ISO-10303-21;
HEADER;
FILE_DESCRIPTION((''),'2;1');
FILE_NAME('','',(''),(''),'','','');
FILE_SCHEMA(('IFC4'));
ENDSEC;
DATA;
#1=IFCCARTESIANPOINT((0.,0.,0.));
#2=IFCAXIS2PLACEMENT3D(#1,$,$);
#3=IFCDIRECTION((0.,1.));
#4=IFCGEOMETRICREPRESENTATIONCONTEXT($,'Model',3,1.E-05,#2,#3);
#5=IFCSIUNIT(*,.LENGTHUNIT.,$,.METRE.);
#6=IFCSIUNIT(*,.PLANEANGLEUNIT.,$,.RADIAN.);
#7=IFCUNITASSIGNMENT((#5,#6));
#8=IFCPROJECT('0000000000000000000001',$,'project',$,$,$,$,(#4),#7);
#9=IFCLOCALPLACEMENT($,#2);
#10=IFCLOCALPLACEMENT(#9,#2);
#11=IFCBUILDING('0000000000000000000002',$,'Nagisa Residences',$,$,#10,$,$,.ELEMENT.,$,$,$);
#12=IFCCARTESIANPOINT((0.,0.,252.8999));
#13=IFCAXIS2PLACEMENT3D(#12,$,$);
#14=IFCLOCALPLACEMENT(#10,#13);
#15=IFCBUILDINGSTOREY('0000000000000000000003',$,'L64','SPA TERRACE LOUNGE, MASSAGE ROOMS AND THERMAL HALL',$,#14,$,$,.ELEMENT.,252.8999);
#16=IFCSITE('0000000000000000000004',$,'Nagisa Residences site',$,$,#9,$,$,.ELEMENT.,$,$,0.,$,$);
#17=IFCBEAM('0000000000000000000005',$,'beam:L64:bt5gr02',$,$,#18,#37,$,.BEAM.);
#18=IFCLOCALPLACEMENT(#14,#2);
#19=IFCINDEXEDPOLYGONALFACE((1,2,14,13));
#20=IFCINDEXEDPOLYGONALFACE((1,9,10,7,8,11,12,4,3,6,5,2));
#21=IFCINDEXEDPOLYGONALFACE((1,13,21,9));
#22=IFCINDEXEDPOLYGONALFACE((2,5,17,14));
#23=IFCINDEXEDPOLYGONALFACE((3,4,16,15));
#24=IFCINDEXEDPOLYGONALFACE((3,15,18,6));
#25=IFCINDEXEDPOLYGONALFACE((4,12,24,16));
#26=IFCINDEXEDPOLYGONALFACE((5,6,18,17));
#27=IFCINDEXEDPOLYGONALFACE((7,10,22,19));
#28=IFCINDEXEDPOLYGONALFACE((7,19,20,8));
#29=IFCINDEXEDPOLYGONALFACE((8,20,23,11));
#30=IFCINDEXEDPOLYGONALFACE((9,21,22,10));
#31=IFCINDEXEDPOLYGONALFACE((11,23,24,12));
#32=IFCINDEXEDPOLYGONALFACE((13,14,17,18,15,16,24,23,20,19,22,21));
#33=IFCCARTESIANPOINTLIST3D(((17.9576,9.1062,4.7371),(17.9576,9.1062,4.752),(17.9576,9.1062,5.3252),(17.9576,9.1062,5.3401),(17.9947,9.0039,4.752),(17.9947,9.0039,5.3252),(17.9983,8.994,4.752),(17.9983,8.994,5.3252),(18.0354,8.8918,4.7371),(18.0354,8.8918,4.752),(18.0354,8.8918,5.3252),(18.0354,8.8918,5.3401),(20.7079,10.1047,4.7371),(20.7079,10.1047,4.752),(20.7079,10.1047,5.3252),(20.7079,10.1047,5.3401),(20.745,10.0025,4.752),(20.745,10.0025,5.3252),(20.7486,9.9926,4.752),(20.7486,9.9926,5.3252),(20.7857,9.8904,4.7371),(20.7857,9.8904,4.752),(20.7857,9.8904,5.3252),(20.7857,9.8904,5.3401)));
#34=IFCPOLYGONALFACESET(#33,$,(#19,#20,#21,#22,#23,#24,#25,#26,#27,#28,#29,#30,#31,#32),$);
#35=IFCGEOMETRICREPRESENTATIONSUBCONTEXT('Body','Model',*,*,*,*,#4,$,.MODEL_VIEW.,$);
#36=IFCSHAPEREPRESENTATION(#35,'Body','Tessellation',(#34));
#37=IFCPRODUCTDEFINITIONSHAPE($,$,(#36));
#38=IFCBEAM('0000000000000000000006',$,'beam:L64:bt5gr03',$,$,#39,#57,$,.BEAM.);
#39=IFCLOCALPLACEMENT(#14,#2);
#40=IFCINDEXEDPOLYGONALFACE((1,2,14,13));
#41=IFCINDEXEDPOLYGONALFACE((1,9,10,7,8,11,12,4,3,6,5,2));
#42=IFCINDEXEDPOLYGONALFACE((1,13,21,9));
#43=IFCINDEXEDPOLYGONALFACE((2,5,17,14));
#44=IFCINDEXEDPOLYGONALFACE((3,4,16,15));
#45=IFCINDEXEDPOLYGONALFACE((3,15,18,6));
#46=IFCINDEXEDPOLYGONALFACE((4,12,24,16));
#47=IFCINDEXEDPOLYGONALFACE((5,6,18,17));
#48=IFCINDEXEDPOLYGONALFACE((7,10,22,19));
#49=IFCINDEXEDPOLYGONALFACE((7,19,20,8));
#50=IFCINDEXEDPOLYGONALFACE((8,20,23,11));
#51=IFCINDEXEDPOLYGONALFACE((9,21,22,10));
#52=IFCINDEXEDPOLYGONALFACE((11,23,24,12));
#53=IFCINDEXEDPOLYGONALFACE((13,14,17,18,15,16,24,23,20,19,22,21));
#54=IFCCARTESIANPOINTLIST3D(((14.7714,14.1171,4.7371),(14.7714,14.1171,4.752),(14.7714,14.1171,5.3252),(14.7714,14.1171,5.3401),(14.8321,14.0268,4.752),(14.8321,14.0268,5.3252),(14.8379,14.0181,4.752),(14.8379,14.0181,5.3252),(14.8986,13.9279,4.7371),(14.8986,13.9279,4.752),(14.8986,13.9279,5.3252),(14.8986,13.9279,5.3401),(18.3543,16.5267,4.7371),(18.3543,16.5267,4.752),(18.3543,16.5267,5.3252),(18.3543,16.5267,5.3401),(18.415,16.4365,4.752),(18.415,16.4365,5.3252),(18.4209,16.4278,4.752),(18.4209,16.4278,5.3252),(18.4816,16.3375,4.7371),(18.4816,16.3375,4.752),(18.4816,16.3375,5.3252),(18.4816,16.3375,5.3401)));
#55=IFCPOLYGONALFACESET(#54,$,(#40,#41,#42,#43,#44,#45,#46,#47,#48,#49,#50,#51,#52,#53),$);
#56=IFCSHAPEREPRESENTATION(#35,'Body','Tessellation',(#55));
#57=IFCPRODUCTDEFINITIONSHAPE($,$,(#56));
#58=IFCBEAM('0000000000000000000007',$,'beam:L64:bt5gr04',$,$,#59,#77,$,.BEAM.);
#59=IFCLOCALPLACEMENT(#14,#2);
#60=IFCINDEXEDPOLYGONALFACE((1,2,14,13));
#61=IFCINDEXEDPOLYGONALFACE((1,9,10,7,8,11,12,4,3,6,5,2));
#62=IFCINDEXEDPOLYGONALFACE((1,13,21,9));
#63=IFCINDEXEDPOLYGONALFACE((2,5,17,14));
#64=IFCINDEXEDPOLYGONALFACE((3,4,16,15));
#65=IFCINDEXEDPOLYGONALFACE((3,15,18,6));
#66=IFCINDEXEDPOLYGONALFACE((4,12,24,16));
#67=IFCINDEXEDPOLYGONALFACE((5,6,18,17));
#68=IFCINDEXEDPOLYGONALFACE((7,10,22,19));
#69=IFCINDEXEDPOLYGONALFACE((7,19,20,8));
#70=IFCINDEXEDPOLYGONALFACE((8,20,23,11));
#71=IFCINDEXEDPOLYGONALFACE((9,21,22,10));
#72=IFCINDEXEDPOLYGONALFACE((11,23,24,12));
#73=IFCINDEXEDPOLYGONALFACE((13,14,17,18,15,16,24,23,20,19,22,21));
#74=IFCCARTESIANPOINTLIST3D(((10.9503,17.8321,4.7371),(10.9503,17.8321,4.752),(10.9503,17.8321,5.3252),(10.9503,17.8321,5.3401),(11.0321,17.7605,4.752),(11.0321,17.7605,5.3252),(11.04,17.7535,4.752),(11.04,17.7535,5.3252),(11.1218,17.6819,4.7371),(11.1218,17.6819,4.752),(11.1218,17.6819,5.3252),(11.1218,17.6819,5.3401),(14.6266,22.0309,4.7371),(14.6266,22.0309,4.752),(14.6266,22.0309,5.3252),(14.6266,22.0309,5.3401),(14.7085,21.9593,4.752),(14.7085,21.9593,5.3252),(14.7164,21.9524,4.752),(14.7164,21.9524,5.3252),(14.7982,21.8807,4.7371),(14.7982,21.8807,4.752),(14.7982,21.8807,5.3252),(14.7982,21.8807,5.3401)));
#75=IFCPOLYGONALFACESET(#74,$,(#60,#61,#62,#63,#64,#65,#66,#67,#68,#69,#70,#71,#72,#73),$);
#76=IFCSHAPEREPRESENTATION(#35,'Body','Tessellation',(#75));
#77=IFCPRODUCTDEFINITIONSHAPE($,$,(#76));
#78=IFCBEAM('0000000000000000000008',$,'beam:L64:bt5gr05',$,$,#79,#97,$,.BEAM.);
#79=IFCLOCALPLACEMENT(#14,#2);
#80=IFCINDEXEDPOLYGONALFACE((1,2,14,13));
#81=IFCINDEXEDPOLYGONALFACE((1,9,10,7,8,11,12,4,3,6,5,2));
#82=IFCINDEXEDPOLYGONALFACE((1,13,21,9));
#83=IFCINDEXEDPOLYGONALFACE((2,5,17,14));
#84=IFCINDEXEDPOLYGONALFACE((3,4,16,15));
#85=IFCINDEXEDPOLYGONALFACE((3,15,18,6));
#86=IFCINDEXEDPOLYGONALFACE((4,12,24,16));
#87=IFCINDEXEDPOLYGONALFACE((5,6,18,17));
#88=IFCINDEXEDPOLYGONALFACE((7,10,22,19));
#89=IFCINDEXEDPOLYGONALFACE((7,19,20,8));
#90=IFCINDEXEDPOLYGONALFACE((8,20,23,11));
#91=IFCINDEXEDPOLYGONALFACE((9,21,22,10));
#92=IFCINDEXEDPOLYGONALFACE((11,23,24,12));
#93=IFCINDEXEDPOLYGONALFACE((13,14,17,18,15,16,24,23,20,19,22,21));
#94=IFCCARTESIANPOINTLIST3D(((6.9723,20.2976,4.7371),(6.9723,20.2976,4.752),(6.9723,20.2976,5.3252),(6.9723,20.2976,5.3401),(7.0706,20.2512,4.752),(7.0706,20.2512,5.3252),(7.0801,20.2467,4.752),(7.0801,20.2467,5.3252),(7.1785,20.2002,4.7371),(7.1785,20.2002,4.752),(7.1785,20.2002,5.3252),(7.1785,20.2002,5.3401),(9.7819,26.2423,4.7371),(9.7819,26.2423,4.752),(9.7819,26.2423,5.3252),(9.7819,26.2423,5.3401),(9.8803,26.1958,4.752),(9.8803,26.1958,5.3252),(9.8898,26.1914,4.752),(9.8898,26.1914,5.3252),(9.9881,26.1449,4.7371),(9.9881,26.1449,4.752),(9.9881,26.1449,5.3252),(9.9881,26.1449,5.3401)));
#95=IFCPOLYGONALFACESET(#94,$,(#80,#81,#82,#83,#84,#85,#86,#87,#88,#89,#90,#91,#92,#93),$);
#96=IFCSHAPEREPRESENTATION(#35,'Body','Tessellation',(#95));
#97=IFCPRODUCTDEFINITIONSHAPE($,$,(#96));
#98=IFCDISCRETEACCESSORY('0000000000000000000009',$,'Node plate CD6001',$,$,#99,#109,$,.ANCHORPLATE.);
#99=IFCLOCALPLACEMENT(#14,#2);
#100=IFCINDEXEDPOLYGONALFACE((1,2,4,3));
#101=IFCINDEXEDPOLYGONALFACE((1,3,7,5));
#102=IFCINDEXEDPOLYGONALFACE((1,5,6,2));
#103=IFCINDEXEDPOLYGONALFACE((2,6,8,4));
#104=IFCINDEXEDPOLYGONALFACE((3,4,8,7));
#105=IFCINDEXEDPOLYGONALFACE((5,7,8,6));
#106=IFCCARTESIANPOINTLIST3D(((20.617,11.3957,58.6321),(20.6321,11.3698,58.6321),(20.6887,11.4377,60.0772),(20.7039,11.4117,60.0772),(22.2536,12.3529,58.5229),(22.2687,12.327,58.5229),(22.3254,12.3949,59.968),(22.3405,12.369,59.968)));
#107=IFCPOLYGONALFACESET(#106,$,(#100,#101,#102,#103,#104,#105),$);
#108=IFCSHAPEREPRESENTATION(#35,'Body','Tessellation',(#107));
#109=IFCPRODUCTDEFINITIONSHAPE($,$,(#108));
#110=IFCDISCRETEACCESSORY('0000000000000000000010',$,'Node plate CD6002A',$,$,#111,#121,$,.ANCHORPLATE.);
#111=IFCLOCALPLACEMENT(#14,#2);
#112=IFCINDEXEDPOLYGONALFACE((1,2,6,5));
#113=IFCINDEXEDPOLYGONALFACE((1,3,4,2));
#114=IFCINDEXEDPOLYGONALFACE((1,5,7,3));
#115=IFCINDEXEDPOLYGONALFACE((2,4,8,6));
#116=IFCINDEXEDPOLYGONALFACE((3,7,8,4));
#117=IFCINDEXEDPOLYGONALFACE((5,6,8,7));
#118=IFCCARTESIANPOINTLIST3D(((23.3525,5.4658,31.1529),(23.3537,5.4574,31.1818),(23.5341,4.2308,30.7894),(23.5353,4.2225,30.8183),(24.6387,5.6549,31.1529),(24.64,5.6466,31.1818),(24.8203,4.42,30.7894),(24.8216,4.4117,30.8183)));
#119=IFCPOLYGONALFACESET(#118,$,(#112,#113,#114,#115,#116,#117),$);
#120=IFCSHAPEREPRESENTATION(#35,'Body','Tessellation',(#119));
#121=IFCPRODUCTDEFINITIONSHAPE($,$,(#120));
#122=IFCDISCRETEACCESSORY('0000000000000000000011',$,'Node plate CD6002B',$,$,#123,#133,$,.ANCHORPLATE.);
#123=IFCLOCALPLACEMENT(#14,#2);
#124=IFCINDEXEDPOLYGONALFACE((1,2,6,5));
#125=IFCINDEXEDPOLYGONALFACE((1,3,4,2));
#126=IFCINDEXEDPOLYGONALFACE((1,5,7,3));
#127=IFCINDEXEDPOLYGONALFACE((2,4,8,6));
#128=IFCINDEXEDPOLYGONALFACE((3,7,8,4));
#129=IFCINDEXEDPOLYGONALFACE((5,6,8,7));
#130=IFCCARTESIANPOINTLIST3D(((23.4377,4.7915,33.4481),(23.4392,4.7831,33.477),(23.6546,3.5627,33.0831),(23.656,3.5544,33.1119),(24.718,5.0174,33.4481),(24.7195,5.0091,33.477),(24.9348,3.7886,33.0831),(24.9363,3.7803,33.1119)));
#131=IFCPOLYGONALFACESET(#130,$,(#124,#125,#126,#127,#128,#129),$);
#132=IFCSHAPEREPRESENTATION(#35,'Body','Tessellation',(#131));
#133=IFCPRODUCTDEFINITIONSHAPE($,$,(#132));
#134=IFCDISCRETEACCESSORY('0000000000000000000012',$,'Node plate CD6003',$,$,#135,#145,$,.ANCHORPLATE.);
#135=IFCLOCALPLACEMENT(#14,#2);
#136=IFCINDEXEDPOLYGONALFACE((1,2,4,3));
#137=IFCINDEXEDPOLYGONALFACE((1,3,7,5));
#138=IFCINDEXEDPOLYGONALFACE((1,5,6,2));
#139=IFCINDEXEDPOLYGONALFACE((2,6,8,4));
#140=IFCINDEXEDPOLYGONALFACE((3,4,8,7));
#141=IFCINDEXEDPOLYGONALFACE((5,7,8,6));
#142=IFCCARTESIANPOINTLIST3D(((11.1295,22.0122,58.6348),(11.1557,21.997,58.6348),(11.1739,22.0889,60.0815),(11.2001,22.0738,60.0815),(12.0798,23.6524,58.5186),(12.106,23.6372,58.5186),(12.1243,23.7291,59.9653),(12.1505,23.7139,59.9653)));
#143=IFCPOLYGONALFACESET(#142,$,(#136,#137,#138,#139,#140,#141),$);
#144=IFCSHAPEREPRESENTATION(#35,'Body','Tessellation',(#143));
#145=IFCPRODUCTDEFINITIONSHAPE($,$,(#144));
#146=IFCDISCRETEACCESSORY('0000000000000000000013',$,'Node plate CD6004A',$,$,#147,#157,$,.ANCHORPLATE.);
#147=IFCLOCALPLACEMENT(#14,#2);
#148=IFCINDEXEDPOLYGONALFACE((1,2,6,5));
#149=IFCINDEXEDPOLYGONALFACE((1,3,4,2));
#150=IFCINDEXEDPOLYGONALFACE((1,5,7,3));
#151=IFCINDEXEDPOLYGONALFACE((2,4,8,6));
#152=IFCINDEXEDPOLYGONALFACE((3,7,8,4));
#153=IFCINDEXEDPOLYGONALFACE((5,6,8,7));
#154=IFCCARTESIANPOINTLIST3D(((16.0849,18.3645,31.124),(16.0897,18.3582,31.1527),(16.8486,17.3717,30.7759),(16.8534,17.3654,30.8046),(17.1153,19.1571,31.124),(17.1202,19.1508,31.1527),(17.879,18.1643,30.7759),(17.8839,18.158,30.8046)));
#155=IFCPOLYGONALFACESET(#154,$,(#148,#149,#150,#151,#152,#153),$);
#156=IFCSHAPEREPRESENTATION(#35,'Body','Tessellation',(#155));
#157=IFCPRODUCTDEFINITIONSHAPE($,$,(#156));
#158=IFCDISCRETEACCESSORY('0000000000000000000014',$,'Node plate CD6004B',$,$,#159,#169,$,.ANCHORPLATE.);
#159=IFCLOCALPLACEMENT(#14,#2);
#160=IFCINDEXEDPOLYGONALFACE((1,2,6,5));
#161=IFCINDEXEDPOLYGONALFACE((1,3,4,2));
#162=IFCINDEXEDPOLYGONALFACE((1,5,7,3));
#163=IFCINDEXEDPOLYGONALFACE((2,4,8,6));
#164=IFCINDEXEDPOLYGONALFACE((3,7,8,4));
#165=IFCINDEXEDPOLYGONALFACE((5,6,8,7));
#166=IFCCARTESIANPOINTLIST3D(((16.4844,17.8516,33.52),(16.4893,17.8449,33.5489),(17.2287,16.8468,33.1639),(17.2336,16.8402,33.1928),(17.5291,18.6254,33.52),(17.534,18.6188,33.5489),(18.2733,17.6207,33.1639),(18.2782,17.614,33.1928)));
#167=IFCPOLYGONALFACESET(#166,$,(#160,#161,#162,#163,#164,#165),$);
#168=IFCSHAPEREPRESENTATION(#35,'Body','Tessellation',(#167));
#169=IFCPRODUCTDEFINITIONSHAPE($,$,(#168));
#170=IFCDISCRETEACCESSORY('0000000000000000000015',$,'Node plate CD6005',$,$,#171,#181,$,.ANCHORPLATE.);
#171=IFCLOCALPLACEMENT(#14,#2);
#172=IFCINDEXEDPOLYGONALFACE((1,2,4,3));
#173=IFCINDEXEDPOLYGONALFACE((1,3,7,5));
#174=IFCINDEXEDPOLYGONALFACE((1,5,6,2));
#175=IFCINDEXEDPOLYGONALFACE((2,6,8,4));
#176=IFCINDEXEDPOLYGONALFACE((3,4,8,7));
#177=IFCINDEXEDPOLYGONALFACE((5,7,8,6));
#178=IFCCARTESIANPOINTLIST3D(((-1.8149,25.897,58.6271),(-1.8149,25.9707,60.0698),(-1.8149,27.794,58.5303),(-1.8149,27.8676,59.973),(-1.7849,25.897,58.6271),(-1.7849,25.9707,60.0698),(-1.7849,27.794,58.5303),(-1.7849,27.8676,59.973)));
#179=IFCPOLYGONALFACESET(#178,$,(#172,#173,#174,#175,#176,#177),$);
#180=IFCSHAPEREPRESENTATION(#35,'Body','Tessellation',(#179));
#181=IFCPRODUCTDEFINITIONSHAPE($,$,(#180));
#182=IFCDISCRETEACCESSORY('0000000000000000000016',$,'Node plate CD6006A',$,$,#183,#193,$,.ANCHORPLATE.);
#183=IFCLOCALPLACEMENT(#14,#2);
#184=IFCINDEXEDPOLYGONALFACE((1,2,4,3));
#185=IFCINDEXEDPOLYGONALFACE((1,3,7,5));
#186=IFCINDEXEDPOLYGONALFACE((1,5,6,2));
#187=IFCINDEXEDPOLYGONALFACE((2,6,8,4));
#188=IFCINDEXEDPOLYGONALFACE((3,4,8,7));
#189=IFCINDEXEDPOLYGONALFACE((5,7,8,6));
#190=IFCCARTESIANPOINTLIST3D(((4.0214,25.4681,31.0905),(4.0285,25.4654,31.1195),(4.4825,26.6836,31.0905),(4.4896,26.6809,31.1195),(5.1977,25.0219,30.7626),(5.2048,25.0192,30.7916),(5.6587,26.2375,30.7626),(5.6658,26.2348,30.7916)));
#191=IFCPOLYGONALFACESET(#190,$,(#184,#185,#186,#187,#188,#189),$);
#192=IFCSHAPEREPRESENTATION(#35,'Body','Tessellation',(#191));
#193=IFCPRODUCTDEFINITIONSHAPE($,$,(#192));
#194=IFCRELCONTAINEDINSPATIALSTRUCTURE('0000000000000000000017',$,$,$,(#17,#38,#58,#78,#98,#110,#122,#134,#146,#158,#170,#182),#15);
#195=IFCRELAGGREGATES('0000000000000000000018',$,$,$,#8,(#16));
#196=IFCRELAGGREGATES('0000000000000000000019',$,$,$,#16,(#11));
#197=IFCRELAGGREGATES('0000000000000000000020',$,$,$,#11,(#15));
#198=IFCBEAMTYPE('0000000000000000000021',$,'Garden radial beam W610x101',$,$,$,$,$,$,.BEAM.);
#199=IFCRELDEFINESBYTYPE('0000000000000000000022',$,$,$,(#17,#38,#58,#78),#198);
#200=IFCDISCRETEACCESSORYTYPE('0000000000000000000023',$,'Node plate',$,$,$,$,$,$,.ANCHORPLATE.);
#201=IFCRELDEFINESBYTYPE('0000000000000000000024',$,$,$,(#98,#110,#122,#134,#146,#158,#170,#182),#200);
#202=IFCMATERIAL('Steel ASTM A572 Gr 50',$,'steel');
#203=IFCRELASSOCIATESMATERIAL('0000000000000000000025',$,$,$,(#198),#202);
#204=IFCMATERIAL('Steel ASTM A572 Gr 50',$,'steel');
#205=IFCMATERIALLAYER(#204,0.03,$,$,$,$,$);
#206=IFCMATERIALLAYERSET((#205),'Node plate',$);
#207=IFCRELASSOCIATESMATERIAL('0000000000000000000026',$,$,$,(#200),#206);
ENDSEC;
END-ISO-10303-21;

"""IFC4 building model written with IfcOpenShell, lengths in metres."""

from ifc_helpers import new_model, si_unit, direction, frame, origin, origin_2d, place, context, subcontext, project, spatial, rectangle, i_section, extrude, material, layer, layer_set, material_profile, profile_set, type_object, element, save


model = new_model("IFC4")

# Units and contexts
model_context = context("Model", 3, precision=1e-05, world=origin(), true_north=direction((0.0, 1.0)))
body_context = subcontext(model_context, "Body", "Model", "MODEL_VIEW")
ifc_project = project(units=[si_unit("LENGTHUNIT", "METRE"), si_unit("PLANEANGLEUNIT", "RADIAN")], contexts=[model_context])

# Site, building, storey
site_placement = place(None, origin())
site = spatial("IfcSite", under=ifc_project, at=site_placement, Name="Nagisa Residences site", CompositionType="ELEMENT", RefElevation=0.0)
building_placement = place(site_placement, origin())
building = spatial("IfcBuilding", under=site, at=building_placement, Name="Nagisa Residences", CompositionType="ELEMENT")
storey_placement = place(building_placement, frame((0.0, 0.0, 252.8999)))
storey = spatial("IfcBuildingStorey", under=building, at=storey_placement, Name="L64", Description="SPA TERRACE LOUNGE, MASSAGE ROOMS AND THERMAL HALL", CompositionType="ELEMENT", Elevation=252.8999)

# Beams
ifc_material_1 = material(Name="Steel ASTM A572 Gr 50", Category="steel")
ifc_material_profile_1 = material_profile(ifc_material_1, i_section(OverallWidth=0.228, OverallDepth=0.603, WebThickness=0.0105, FlangeThickness=0.0149, at=origin_2d()), Name="W610x101")
ifc_profile_set_1 = profile_set([ifc_material_profile_1], Name="Steel ASTM A572 Gr 50")
beam_type_1 = type_object("IfcBeamType", Name="Garden radial beam W610x101", PredefinedType="BEAM", material=ifc_profile_set_1)
beam_1_placement = place(storey_placement, frame((20.7468, 9.9976, 5.0386), z_axis=(-0.939964, -0.341274, 0.0), x_axis=(0.341274, -0.939964, 0.0)))
element("IfcBeam", 1, at=beam_1_placement, inside=storey, type_object=beam_type_1, Name="beam:L64:bt5gr02", PredefinedType="BEAM", context=body_context, shape_type="SweptSolid", body=[
    extrude(i_section(OverallWidth=0.228, OverallDepth=0.603, WebThickness=0.0105, FlangeThickness=0.0149, at=origin_2d()), origin(), (0.0, 0.0, 1.0), 2.926),
])
beam_2_placement = place(storey_placement, frame((18.418, 16.4321, 5.0386), z_axis=(-0.829799, -0.558062, 0.0), x_axis=(0.558062, -0.829799, 0.0)))
element("IfcBeam", 2, at=beam_2_placement, inside=storey, type_object=beam_type_1, Name="beam:L64:bt5gr03", PredefinedType="BEAM", context=body_context, shape_type="SweptSolid", body=[
    extrude(i_section(OverallWidth=0.228, OverallDepth=0.603, WebThickness=0.0105, FlangeThickness=0.0149, at=origin_2d()), origin(), (0.0, 0.0, 1.0), 4.3179),
])
beam_3_placement = place(storey_placement, frame((14.7124, 21.9558, 5.0386), z_axis=(-0.658746, -0.752365, 0.0), x_axis=(0.752365, -0.658746, 0.0)))
element("IfcBeam", 3, at=beam_3_placement, inside=storey, type_object=beam_type_1, Name="beam:L64:bt5gr04", PredefinedType="BEAM", context=body_context, shape_type="SweptSolid", body=[
    extrude(i_section(OverallWidth=0.228, OverallDepth=0.603, WebThickness=0.0105, FlangeThickness=0.0149, at=origin_2d()), origin(), (0.0, 0.0, 1.0), 5.5808),
])
beam_4_placement = place(storey_placement, frame((9.885, 26.1936, 5.0386), z_axis=(-0.427306, -0.904107, 0.0), x_axis=(0.904107, -0.427306, 0.0)))
element("IfcBeam", 4, at=beam_4_placement, inside=storey, type_object=beam_type_1, Name="beam:L64:bt5gr05", PredefinedType="BEAM", context=body_context, shape_type="SweptSolid", body=[
    extrude(i_section(OverallWidth=0.228, OverallDepth=0.603, WebThickness=0.0105, FlangeThickness=0.0149, at=origin_2d()), origin(), (0.0, 0.0, 1.0), 6.5752),
])

# Discrete accessories
ifc_material_2 = material(Name="Steel ASTM A572 Gr 50", Category="steel")
ifc_layer = layer(ifc_material_2, 0.03)
ifc_layer_set = layer_set([ifc_layer], Name="Node plate")
discrete_accessory_type = type_object("IfcDiscreteAccessoryType", Name="Node plate", PredefinedType="ANCHORPLATE", material=ifc_layer_set)
discrete_accessory_1_placement = place(storey_placement, frame((21.4863, 11.8694, 59.3), z_axis=(-0.504883, 0.863188, 0.0), x_axis=(-0.049599, -0.029011, -0.998348)))
element("IfcDiscreteAccessory", 5, at=discrete_accessory_1_placement, inside=storey, type_object=discrete_accessory_type, Name="Node plate CD6001", PredefinedType="ANCHORPLATE", context=body_context, shape_type="SweptSolid", body=[
    extrude(rectangle(XDim=1.4475, YDim=1.8992, at=origin_2d()), origin(), (0.0, 0.0, 1.0), 0.03),
])
for number, where, z_axis, x_axis, name in (
    (6, (24.0864, 4.9429, 30.9712), (0.040683, -0.276642, 0.960111), (0.989359, 0.145494, 0.0), "Node plate CD6002A"),
    (7, (24.1877, 4.2817, 33.2944), (-0.048801, 0.276542, -0.959762), (-0.984784, -0.173785, 0.0), "Node plate CD6002B"),
):
    element("IfcDiscreteAccessory", number, at=place(storey_placement, frame(where, z_axis=z_axis, x_axis=x_axis)), inside=storey, type_object=discrete_accessory_type, Name=name, PredefinedType="ANCHORPLATE", context=body_context, shape_type="SweptSolid", body=[
        extrude(rectangle(XDim=1.3, YDim=1.3, at=origin_2d()), origin(), (0.0, 0.0, 1.0), 0.03),
    ])
discrete_accessory_2_placement = place(storey_placement, frame((11.6531, 22.8555, 59.3), z_axis=(-0.865242, 0.501355, 0.0), x_axis=(-0.030681, -0.05295, -0.998126)))
element("IfcDiscreteAccessory", 8, at=discrete_accessory_2_placement, inside=storey, type_object=discrete_accessory_type, Name="Node plate CD6003", PredefinedType="ANCHORPLATE", context=body_context, shape_type="SweptSolid", body=[
    extrude(rectangle(XDim=1.4495, YDim=1.8992, at=origin_2d()), origin(), (0.0, 0.0, 1.0), 0.0303),
])
discrete_accessory_3_placement = place(storey_placement, frame((16.9819, 18.2644, 30.95), z_axis=(0.163299, -0.212289, 0.963466), x_axis=(0.792624, 0.609711, 0.0)))
element("IfcDiscreteAccessory", 9, at=discrete_accessory_3_placement, inside=storey, type_object=discrete_accessory_type, Name="Node plate CD6004A", PredefinedType="ANCHORPLATE", context=body_context, shape_type="SweptSolid", body=[
    extrude(rectangle(XDim=1.3, YDim=1.3, at=origin_2d()), origin(), (0.0, 0.0, 1.0), 0.0298),
])
discrete_accessory_4_placement = place(storey_placement, frame((17.3838, 17.7295, 33.3708), z_axis=(-0.163012, 0.220066, -0.961768), x_axis=(-0.803557, -0.595228, 0.0)))
element("IfcDiscreteAccessory", 10, at=discrete_accessory_4_placement, inside=storey, type_object=discrete_accessory_type, Name="Node plate CD6004B", PredefinedType="ANCHORPLATE", context=body_context, shape_type="SweptSolid", body=[
    extrude(rectangle(XDim=1.3, YDim=1.3, at=origin_2d()), origin(), (0.0, 0.0, 1.0), 0.03),
])
discrete_accessory_5_placement = place(storey_placement, frame((-1.7849, 26.8823, 59.3), z_axis=(-1.0, 0.0, 0.0), x_axis=(0.0, -0.050994, -0.998699)))
element("IfcDiscreteAccessory", 11, at=discrete_accessory_5_placement, inside=storey, type_object=discrete_accessory_type, Name="Node plate CD6005", PredefinedType="ANCHORPLATE", context=body_context, shape_type="SweptSolid", body=[
    extrude(rectangle(XDim=1.4446, YDim=1.8994, at=origin_2d()), origin(), (0.0, 0.0, 1.0), 0.03),
])
for number, where, z_axis, x_axis, name in (
    (12, (4.8401, 25.8528, 30.9265), (0.235819, -0.089449, 0.967672), (0.354654, 0.934998, 0.0), "Node plate CD6006A"),
):
    element("IfcDiscreteAccessory", number, at=place(storey_placement, frame(where, z_axis=z_axis, x_axis=x_axis)), inside=storey, type_object=discrete_accessory_type, Name=name, PredefinedType="ANCHORPLATE", context=body_context, shape_type="SweptSolid", body=[
        extrude(rectangle(XDim=1.3, YDim=1.3, at=origin_2d()), origin(), (0.0, 0.0, 1.0), 0.03),
    ])

save(model, "model.ifc")
